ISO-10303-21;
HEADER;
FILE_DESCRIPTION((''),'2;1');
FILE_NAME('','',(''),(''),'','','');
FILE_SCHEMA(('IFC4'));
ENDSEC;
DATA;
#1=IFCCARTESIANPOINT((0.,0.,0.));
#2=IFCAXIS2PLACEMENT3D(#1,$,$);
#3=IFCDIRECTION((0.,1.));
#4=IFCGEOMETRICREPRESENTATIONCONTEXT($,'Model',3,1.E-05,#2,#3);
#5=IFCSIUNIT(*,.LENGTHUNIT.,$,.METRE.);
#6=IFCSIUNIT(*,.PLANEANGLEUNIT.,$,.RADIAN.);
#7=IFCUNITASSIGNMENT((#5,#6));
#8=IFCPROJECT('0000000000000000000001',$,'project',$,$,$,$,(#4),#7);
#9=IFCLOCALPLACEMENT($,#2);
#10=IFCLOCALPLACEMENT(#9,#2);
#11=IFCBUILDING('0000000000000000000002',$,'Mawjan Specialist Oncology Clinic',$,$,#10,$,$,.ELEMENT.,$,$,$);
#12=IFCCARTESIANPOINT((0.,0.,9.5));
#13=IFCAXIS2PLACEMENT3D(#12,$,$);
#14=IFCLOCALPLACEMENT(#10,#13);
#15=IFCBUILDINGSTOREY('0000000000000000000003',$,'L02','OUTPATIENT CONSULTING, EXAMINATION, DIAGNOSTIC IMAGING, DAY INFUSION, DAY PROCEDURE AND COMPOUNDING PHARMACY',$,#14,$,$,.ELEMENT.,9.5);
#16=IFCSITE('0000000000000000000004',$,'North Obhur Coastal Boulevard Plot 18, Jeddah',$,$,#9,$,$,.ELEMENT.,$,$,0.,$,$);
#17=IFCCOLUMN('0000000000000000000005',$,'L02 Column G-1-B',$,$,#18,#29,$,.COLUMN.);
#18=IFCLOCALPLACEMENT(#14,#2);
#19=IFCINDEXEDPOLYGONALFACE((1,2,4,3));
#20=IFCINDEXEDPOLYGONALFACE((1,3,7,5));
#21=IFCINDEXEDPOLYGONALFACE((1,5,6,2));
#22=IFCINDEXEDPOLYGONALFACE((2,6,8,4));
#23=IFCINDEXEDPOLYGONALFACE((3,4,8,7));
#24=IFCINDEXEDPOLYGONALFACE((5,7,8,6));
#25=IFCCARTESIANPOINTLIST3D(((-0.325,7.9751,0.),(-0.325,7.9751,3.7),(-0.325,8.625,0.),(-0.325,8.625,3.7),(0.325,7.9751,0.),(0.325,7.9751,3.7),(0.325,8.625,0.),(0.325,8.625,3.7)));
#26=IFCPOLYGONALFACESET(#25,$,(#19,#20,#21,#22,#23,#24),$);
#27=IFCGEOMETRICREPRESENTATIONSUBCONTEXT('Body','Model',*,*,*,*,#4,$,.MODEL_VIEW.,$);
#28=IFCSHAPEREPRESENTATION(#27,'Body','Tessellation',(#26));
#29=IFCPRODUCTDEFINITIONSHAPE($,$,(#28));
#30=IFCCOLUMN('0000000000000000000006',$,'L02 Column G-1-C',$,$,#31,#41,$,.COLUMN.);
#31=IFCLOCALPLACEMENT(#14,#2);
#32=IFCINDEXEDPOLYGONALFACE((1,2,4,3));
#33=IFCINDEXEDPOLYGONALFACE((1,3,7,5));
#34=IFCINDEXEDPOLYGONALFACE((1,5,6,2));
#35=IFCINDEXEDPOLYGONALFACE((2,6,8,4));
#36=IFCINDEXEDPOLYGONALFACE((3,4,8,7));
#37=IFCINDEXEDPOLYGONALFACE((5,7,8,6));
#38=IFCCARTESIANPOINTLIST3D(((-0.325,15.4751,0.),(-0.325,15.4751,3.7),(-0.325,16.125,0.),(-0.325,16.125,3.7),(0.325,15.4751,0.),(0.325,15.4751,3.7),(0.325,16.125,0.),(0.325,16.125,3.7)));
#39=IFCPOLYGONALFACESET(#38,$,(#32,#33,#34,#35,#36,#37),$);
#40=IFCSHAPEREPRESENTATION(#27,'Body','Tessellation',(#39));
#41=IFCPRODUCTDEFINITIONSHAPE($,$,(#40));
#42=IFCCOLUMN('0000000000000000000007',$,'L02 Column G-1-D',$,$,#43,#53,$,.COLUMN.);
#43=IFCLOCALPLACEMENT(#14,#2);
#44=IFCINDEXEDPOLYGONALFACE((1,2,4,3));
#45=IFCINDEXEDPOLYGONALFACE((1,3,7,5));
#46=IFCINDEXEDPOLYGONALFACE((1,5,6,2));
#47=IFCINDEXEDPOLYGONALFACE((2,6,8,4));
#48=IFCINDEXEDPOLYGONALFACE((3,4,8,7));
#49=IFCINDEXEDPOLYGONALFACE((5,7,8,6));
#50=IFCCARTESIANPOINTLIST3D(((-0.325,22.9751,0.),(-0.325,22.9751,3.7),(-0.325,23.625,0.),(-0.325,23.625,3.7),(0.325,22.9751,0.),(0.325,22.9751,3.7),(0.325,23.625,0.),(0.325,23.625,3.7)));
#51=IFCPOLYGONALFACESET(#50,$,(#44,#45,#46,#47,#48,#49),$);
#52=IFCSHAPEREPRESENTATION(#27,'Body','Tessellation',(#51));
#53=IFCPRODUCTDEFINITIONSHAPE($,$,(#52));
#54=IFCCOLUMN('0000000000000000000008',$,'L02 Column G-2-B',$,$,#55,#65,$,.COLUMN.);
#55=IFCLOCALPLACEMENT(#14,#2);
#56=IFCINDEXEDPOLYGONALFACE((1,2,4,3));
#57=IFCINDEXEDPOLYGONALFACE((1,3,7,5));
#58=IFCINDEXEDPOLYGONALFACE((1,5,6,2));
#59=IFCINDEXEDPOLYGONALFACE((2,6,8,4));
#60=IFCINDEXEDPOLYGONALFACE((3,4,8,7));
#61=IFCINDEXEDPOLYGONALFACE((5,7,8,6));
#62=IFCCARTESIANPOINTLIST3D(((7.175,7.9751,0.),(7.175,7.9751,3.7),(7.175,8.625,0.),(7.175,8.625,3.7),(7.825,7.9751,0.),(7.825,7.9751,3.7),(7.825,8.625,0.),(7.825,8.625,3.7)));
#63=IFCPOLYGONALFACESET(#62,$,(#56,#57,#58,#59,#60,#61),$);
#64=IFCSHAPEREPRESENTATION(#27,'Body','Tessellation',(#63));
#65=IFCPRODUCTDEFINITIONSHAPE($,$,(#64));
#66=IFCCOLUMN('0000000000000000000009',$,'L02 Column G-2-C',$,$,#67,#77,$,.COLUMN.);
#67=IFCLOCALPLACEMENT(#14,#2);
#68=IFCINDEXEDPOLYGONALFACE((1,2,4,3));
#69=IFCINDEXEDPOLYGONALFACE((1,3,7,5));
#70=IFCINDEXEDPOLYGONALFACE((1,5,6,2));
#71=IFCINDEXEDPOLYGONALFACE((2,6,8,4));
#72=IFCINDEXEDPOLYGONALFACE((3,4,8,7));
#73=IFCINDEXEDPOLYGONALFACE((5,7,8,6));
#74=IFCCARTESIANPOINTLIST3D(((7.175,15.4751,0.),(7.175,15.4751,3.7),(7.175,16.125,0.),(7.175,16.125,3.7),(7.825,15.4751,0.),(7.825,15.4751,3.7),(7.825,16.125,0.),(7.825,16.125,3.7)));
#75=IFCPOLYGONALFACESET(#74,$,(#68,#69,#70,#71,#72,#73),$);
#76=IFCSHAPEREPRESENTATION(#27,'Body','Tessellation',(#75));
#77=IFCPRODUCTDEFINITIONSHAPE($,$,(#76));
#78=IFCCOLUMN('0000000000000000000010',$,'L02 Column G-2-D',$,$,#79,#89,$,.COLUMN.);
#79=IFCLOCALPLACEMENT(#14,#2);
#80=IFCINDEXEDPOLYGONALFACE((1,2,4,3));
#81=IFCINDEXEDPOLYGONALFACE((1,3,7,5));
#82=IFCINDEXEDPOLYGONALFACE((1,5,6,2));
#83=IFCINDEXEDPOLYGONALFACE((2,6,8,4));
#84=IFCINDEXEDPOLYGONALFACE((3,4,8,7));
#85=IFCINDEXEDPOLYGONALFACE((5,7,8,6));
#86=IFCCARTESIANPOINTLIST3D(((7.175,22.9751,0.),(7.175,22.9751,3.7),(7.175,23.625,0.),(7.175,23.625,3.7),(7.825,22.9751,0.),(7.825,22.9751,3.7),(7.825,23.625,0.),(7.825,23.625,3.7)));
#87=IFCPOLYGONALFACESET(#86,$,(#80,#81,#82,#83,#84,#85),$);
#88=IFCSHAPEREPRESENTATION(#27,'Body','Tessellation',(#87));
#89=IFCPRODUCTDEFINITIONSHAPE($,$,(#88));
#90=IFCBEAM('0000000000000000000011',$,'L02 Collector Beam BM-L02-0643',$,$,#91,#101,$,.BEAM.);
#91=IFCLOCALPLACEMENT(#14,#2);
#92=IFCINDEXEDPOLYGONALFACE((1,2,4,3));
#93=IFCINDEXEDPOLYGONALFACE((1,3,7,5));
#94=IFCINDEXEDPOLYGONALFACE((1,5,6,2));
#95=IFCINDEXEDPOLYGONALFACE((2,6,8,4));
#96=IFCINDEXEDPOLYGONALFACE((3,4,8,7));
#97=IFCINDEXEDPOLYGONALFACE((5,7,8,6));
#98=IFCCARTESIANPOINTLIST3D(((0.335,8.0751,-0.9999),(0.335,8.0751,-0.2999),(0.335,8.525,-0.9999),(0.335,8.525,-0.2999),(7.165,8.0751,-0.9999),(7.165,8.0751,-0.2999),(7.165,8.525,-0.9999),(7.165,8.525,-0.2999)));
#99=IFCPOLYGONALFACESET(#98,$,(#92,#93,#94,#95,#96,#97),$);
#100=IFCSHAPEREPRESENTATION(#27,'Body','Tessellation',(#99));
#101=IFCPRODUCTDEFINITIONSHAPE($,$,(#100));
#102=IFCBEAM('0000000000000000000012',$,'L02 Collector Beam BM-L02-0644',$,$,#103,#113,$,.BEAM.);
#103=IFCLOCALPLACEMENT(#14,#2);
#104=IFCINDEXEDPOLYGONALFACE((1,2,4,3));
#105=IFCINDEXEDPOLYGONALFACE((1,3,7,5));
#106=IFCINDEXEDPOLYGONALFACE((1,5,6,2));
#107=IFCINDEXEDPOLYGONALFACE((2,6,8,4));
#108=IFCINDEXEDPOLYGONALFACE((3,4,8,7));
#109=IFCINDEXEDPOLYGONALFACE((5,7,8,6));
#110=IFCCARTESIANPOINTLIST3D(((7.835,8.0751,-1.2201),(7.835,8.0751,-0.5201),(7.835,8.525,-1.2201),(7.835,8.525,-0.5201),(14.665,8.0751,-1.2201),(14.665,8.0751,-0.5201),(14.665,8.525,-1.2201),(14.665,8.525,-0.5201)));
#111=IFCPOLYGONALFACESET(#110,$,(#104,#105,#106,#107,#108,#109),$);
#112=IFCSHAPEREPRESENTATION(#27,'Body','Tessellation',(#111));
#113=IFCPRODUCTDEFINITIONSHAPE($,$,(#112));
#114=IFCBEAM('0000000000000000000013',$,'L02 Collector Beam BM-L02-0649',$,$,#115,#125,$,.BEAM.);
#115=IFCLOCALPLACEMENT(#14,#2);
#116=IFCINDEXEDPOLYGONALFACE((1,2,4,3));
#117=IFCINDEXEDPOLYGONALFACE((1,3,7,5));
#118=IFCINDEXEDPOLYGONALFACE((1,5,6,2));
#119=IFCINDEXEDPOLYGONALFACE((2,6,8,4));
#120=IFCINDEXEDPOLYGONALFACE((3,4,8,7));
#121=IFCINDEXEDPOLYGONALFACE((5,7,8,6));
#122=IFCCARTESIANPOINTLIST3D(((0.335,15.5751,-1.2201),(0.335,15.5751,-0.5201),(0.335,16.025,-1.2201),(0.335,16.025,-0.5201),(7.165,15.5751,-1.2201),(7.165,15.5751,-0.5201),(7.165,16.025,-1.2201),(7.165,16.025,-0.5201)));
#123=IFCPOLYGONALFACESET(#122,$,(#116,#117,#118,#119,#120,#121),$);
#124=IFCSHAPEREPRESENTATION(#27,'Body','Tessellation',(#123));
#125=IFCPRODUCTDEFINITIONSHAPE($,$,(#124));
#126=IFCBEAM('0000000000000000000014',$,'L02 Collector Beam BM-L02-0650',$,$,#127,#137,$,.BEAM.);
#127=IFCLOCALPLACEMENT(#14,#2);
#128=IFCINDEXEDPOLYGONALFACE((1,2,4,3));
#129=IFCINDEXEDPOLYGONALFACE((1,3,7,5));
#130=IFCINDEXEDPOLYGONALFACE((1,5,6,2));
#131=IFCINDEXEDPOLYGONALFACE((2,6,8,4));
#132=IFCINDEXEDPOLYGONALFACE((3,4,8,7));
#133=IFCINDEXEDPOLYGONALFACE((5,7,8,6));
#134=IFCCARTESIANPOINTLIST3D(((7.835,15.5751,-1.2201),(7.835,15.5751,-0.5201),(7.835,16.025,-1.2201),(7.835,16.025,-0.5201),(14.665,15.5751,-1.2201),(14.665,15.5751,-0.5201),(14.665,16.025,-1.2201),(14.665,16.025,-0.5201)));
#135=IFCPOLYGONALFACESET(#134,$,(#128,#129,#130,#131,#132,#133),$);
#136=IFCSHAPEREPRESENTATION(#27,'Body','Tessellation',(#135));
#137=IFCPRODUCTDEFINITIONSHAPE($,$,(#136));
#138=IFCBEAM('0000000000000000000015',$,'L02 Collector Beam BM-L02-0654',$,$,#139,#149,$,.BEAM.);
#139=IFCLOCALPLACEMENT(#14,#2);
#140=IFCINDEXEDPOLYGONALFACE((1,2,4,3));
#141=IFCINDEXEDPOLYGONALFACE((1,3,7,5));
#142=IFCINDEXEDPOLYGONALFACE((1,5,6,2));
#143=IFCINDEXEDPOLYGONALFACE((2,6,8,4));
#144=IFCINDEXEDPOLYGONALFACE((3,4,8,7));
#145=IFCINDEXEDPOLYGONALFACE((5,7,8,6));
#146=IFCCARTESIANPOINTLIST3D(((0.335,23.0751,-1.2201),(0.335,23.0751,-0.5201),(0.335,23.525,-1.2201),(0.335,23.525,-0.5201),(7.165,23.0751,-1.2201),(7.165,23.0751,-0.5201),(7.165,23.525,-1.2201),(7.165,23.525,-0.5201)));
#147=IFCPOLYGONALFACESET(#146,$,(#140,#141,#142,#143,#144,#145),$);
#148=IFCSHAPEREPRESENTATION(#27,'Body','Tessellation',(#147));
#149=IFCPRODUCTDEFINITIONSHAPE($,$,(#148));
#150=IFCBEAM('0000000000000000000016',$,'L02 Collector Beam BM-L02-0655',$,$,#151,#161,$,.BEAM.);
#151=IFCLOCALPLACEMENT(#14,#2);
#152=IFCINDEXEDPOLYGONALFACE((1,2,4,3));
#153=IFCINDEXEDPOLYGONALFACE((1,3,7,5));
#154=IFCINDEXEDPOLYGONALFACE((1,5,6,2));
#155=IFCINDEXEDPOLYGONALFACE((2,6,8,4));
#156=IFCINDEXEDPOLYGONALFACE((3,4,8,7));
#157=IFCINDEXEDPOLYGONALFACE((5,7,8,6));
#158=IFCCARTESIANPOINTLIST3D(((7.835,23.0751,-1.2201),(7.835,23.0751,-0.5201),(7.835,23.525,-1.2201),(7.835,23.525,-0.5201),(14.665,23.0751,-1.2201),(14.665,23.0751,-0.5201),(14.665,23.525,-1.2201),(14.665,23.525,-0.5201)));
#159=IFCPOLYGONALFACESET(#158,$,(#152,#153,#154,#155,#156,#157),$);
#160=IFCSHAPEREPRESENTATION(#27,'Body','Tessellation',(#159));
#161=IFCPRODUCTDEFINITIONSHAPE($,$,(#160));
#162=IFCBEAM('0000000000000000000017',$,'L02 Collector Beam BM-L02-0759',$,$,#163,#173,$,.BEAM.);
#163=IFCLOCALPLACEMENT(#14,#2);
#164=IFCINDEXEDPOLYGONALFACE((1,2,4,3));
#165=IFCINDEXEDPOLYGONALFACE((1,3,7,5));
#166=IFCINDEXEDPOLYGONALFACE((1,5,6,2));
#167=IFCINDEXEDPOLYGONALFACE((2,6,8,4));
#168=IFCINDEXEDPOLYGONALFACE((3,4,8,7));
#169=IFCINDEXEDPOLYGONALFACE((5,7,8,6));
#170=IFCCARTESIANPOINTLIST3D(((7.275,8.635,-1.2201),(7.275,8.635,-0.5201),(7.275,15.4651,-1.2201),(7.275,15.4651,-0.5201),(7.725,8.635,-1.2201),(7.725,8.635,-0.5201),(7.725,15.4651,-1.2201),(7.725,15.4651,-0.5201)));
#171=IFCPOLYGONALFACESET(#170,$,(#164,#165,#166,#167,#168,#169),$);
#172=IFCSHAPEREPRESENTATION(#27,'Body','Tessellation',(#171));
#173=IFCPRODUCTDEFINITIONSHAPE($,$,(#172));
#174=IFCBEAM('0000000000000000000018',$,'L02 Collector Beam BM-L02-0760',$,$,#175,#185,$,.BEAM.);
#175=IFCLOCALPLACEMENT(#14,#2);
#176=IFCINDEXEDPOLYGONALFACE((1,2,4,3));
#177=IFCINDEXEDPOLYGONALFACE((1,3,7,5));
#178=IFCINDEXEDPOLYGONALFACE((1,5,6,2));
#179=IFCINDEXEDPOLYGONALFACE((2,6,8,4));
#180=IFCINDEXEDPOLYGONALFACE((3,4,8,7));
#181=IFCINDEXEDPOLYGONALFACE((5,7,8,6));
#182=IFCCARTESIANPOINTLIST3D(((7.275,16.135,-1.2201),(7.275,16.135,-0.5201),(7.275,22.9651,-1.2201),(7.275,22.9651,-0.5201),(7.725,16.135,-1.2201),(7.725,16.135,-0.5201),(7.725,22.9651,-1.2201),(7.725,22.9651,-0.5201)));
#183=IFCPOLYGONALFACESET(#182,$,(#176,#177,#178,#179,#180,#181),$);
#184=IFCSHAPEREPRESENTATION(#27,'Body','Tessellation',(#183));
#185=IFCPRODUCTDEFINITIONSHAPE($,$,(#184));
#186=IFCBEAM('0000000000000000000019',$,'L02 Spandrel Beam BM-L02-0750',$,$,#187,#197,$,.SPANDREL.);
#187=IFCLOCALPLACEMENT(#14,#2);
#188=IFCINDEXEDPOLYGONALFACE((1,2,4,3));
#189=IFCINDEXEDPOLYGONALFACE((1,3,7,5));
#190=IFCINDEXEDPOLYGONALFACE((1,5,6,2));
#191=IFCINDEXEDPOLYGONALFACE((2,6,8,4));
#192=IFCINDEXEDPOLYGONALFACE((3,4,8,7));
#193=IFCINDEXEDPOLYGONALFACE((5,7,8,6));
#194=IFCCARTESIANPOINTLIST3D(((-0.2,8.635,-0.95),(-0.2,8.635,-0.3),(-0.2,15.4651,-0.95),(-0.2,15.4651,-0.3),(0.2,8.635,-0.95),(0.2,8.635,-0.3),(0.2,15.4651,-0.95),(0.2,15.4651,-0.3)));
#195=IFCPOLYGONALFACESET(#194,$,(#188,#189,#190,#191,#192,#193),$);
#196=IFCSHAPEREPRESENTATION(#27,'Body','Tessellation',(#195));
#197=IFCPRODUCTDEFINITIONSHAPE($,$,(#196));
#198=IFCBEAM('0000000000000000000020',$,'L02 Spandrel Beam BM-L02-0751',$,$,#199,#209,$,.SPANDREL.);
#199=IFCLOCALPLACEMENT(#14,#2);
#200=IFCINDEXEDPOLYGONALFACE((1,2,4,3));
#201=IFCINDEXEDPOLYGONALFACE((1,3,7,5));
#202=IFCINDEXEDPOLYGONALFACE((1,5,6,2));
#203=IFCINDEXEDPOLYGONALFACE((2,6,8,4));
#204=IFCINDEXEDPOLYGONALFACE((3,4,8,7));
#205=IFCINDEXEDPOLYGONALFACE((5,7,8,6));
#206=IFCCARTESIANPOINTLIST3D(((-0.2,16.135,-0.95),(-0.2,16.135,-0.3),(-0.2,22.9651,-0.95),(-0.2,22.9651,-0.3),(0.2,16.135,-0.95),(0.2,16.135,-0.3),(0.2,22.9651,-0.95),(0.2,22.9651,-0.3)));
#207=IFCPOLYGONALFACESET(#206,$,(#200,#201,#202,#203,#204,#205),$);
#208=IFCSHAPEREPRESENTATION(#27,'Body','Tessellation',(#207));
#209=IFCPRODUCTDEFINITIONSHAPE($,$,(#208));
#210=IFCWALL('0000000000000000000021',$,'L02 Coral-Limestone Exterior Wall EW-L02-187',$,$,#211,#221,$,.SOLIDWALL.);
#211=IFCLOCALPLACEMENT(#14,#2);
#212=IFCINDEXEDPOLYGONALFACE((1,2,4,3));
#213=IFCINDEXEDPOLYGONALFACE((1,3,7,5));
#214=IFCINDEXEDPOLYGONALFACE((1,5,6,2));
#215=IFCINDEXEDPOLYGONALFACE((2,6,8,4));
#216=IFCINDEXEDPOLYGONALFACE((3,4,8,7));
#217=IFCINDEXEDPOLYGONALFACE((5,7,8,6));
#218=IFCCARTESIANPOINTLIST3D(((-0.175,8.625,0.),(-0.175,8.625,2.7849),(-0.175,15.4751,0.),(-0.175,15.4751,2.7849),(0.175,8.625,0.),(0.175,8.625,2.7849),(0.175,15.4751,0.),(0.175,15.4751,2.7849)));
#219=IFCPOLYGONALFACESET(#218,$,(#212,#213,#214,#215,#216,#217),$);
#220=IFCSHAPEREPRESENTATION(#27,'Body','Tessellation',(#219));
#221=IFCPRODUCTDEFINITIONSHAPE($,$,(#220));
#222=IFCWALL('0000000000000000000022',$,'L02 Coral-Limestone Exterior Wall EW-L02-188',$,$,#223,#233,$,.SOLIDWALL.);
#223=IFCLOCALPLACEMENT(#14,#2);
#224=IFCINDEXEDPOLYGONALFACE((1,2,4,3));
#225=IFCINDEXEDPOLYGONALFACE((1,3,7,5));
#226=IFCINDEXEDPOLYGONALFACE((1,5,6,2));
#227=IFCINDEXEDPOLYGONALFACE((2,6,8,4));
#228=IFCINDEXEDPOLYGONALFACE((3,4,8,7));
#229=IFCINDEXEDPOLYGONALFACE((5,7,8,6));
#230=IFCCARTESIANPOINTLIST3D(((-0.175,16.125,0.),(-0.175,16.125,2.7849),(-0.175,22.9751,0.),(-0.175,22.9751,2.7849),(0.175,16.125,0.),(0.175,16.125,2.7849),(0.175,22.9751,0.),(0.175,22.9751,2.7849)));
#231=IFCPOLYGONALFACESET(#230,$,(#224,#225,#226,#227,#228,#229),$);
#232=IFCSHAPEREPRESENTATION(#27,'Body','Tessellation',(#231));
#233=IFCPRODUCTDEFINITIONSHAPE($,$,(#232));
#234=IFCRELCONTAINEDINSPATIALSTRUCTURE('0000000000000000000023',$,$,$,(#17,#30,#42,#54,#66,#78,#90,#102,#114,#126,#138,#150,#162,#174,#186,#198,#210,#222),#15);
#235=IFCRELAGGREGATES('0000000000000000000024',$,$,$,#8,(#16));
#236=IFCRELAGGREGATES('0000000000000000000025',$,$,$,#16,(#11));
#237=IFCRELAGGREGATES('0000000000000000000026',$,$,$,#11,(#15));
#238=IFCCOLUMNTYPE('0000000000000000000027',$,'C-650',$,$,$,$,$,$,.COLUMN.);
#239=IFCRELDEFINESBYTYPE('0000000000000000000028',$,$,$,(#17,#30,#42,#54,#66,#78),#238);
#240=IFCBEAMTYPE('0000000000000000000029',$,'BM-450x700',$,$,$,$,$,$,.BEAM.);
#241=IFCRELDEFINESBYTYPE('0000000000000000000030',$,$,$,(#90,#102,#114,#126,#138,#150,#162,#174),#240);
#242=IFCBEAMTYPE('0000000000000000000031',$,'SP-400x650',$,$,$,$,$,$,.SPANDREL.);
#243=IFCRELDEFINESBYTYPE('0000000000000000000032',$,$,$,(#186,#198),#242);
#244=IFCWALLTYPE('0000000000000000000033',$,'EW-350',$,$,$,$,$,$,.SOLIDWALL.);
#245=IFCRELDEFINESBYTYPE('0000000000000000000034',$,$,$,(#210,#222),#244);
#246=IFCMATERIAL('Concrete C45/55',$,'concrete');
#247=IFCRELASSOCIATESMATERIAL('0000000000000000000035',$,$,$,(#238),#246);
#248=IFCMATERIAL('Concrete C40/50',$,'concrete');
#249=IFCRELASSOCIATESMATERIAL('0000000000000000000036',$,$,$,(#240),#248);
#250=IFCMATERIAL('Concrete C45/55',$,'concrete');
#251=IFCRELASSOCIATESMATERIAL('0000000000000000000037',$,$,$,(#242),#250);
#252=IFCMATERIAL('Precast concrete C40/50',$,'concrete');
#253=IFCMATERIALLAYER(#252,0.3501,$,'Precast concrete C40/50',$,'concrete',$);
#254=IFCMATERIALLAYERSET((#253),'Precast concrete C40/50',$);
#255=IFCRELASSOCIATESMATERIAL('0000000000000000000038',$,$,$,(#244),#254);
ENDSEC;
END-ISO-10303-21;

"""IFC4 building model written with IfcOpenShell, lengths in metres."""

from ifc_helpers import new_model, si_unit, direction, frame, frame_2d, origin, origin_2d, place, context, subcontext, project, spatial, rectangle, extrude, material, layer, layer_set, material_profile, profile_set, type_object, element, save


model = new_model("IFC4")

# Units and contexts
model_context = context("Model", 3, precision=1e-05, world=origin(), true_north=direction((0.0, 1.0)))
body_context = subcontext(model_context, "Body", "Model", "MODEL_VIEW")
ifc_project = project(units=[si_unit("LENGTHUNIT", "METRE"), si_unit("PLANEANGLEUNIT", "RADIAN")], contexts=[model_context])

# Site, building, storey
site_placement = place(None, origin())
site = spatial("IfcSite", under=ifc_project, at=site_placement, Name="North Obhur Coastal Boulevard Plot 18, Jeddah", CompositionType="ELEMENT", RefElevation=0.0)
building_placement = place(site_placement, origin())
building = spatial("IfcBuilding", under=site, at=building_placement, Name="Mawjan Specialist Oncology Clinic", CompositionType="ELEMENT")
storey_placement = place(building_placement, frame((0.0, 0.0, 9.5)))
storey = spatial("IfcBuildingStorey", under=building, at=storey_placement, Name="L02", Description="OUTPATIENT CONSULTING, EXAMINATION, DIAGNOSTIC IMAGING, DAY INFUSION, DAY PROCEDURE AND COMPOUNDING PHARMACY", CompositionType="ELEMENT", Elevation=9.5)

# Columns
ifc_material_1 = material(Name="Concrete C45/55", Category="concrete")
ifc_material_profile_1 = material_profile(ifc_material_1, rectangle(XDim=0.6499, YDim=0.6499, at=origin_2d()), Name="RC COL 650x650", Category="concrete")
ifc_profile_set_1 = profile_set([ifc_material_profile_1], Name="Concrete C45/55")
column_type = type_object("IfcColumnType", Name="C-650", PredefinedType="COLUMN", material=ifc_profile_set_1)
for number, where, z_axis, x_axis, name in (
    (1, (0.0, 8.3, 0.0), (0.0, 0.0, 1.0), (1.0, 0.0, 0.0), "L02 Column G-1-B"),
    (2, (0.0, 15.8, 0.0), (0.0, 0.0, 1.0), (1.0, 0.0, 0.0), "L02 Column G-1-C"),
    (3, (0.0, 23.3, 0.0), (0.0, 0.0, 1.0), (1.0, 0.0, 0.0), "L02 Column G-1-D"),
    (4, (7.5, 8.3, 0.0), (0.0, 0.0, 1.0), (1.0, 0.0, 0.0), "L02 Column G-2-B"),
    (5, (7.5, 15.8, 0.0), (0.0, 0.0, 1.0), (1.0, 0.0, 0.0), "L02 Column G-2-C"),
    (6, (7.5, 23.3, 0.0), (0.0, 0.0, 1.0), (1.0, 0.0, 0.0), "L02 Column G-2-D"),
):
    element("IfcColumn", number, at=place(storey_placement, frame(where, z_axis=z_axis, x_axis=x_axis)), inside=storey, type_object=column_type, Name=name, PredefinedType="COLUMN", context=body_context, shape_type="SweptSolid", body=[
        extrude(rectangle(XDim=0.6499, YDim=0.6499, at=origin_2d()), origin(), (0.0, 0.0, 1.0), 3.7),
    ])

# Beams
ifc_material_2 = material(Name="Concrete C40/50", Category="concrete")
ifc_material_profile_2 = material_profile(ifc_material_2, rectangle(XDim=0.45, YDim=0.7, at=origin_2d()), Name="RC BM 450x700", Category="concrete")
ifc_profile_set_2 = profile_set([ifc_material_profile_2], Name="Concrete C40/50")
beam_type_1 = type_object("IfcBeamType", Name="BM-450x700", PredefinedType="BEAM", material=ifc_profile_set_2)
for number, where, z_axis, x_axis, name in (
    (7, (0.335, 8.3, -0.6499), (1.0, 0.0, 0.0), (0.0, 1.0, 0.0), "L02 Collector Beam BM-L02-0643"),
    (8, (7.835, 8.3, -0.8701), (1.0, 0.0, 0.0), (0.0, 1.0, 0.0), "L02 Collector Beam BM-L02-0644"),
    (9, (0.335, 15.8, -0.8701), (1.0, 0.0, 0.0), (0.0, 1.0, 0.0), "L02 Collector Beam BM-L02-0649"),
    (10, (7.835, 15.8, -0.8701), (1.0, 0.0, 0.0), (0.0, 1.0, 0.0), "L02 Collector Beam BM-L02-0650"),
    (11, (0.335, 23.3, -0.8701), (1.0, 0.0, 0.0), (0.0, 1.0, 0.0), "L02 Collector Beam BM-L02-0654"),
    (12, (7.835, 23.3, -0.8701), (1.0, 0.0, 0.0), (0.0, 1.0, 0.0), "L02 Collector Beam BM-L02-0655"),
    (13, (7.5, 8.635, -0.8701), (0.0, 1.0, 0.0), (-1.0, 0.0, 0.0), "L02 Collector Beam BM-L02-0759"),
    (14, (7.5, 16.135, -0.8701), (0.0, 1.0, 0.0), (-1.0, 0.0, 0.0), "L02 Collector Beam BM-L02-0760"),
):
    element("IfcBeam", number, at=place(storey_placement, frame(where, z_axis=z_axis, x_axis=x_axis)), inside=storey, type_object=beam_type_1, Name=name, PredefinedType="BEAM", context=body_context, shape_type="SweptSolid", body=[
        extrude(rectangle(XDim=0.45, YDim=0.7, at=origin_2d()), origin(), (0.0, 0.0, 1.0), 6.8301),
    ])
ifc_material_3 = material(Name="Concrete C45/55", Category="concrete")
ifc_material_profile_3 = material_profile(ifc_material_3, rectangle(XDim=0.3999, YDim=0.6499, at=origin_2d()), Name="RC BM 400x650", Category="concrete")
ifc_profile_set_3 = profile_set([ifc_material_profile_3], Name="Concrete C45/55")
beam_type_2 = type_object("IfcBeamType", Name="SP-400x650", PredefinedType="SPANDREL", material=ifc_profile_set_3)
for number, where, z_axis, x_axis, name in (
    (15, (0.0, 8.635, -0.625), (0.0, 1.0, 0.0), (-1.0, 0.0, 0.0), "L02 Spandrel Beam BM-L02-0750"),
    (16, (0.0, 16.135, -0.625), (0.0, 1.0, 0.0), (-1.0, 0.0, 0.0), "L02 Spandrel Beam BM-L02-0751"),
):
    element("IfcBeam", number, at=place(storey_placement, frame(where, z_axis=z_axis, x_axis=x_axis)), inside=storey, type_object=beam_type_2, Name=name, PredefinedType="SPANDREL", context=body_context, shape_type="SweptSolid", body=[
        extrude(rectangle(XDim=0.3999, YDim=0.6499, at=origin_2d()), origin(), (0.0, 0.0, 1.0), 6.8301),
    ])

# Walls
ifc_material_4 = material(Name="Precast concrete C40/50", Category="concrete")
ifc_layer_1 = layer(ifc_material_4, 0.3501, Name="Precast concrete C40/50", Category="concrete")
ifc_layer_set_1 = layer_set([ifc_layer_1], Name="Precast concrete C40/50")
wall_type_1 = type_object("IfcWallType", Name="EW-350", PredefinedType="SOLIDWALL", material=ifc_layer_set_1)
for number, where, z_axis, x_axis, name in (
    (17, (0.0, 8.625, 0.0), (0.0, 0.0, 1.0), (0.0, 1.0, 0.0), "L02 Coral-Limestone Exterior Wall EW-L02-187"),
    (18, (0.0, 16.125, 0.0), (0.0, 0.0, 1.0), (0.0, 1.0, 0.0), "L02 Coral-Limestone Exterior Wall EW-L02-188"),
):
    element("IfcWall", number, at=place(storey_placement, frame(where, z_axis=z_axis, x_axis=x_axis)), inside=storey, type_object=wall_type_1, Name=name, PredefinedType="SOLIDWALL", context=body_context, shape_type="SweptSolid", body=[
        extrude(rectangle(XDim=6.8501, YDim=0.3501, at=frame_2d((3.425, 0.0))), origin(), (0.0, 0.0, 1.0), 2.7849),
    ])

save(model, "model.ifc")
